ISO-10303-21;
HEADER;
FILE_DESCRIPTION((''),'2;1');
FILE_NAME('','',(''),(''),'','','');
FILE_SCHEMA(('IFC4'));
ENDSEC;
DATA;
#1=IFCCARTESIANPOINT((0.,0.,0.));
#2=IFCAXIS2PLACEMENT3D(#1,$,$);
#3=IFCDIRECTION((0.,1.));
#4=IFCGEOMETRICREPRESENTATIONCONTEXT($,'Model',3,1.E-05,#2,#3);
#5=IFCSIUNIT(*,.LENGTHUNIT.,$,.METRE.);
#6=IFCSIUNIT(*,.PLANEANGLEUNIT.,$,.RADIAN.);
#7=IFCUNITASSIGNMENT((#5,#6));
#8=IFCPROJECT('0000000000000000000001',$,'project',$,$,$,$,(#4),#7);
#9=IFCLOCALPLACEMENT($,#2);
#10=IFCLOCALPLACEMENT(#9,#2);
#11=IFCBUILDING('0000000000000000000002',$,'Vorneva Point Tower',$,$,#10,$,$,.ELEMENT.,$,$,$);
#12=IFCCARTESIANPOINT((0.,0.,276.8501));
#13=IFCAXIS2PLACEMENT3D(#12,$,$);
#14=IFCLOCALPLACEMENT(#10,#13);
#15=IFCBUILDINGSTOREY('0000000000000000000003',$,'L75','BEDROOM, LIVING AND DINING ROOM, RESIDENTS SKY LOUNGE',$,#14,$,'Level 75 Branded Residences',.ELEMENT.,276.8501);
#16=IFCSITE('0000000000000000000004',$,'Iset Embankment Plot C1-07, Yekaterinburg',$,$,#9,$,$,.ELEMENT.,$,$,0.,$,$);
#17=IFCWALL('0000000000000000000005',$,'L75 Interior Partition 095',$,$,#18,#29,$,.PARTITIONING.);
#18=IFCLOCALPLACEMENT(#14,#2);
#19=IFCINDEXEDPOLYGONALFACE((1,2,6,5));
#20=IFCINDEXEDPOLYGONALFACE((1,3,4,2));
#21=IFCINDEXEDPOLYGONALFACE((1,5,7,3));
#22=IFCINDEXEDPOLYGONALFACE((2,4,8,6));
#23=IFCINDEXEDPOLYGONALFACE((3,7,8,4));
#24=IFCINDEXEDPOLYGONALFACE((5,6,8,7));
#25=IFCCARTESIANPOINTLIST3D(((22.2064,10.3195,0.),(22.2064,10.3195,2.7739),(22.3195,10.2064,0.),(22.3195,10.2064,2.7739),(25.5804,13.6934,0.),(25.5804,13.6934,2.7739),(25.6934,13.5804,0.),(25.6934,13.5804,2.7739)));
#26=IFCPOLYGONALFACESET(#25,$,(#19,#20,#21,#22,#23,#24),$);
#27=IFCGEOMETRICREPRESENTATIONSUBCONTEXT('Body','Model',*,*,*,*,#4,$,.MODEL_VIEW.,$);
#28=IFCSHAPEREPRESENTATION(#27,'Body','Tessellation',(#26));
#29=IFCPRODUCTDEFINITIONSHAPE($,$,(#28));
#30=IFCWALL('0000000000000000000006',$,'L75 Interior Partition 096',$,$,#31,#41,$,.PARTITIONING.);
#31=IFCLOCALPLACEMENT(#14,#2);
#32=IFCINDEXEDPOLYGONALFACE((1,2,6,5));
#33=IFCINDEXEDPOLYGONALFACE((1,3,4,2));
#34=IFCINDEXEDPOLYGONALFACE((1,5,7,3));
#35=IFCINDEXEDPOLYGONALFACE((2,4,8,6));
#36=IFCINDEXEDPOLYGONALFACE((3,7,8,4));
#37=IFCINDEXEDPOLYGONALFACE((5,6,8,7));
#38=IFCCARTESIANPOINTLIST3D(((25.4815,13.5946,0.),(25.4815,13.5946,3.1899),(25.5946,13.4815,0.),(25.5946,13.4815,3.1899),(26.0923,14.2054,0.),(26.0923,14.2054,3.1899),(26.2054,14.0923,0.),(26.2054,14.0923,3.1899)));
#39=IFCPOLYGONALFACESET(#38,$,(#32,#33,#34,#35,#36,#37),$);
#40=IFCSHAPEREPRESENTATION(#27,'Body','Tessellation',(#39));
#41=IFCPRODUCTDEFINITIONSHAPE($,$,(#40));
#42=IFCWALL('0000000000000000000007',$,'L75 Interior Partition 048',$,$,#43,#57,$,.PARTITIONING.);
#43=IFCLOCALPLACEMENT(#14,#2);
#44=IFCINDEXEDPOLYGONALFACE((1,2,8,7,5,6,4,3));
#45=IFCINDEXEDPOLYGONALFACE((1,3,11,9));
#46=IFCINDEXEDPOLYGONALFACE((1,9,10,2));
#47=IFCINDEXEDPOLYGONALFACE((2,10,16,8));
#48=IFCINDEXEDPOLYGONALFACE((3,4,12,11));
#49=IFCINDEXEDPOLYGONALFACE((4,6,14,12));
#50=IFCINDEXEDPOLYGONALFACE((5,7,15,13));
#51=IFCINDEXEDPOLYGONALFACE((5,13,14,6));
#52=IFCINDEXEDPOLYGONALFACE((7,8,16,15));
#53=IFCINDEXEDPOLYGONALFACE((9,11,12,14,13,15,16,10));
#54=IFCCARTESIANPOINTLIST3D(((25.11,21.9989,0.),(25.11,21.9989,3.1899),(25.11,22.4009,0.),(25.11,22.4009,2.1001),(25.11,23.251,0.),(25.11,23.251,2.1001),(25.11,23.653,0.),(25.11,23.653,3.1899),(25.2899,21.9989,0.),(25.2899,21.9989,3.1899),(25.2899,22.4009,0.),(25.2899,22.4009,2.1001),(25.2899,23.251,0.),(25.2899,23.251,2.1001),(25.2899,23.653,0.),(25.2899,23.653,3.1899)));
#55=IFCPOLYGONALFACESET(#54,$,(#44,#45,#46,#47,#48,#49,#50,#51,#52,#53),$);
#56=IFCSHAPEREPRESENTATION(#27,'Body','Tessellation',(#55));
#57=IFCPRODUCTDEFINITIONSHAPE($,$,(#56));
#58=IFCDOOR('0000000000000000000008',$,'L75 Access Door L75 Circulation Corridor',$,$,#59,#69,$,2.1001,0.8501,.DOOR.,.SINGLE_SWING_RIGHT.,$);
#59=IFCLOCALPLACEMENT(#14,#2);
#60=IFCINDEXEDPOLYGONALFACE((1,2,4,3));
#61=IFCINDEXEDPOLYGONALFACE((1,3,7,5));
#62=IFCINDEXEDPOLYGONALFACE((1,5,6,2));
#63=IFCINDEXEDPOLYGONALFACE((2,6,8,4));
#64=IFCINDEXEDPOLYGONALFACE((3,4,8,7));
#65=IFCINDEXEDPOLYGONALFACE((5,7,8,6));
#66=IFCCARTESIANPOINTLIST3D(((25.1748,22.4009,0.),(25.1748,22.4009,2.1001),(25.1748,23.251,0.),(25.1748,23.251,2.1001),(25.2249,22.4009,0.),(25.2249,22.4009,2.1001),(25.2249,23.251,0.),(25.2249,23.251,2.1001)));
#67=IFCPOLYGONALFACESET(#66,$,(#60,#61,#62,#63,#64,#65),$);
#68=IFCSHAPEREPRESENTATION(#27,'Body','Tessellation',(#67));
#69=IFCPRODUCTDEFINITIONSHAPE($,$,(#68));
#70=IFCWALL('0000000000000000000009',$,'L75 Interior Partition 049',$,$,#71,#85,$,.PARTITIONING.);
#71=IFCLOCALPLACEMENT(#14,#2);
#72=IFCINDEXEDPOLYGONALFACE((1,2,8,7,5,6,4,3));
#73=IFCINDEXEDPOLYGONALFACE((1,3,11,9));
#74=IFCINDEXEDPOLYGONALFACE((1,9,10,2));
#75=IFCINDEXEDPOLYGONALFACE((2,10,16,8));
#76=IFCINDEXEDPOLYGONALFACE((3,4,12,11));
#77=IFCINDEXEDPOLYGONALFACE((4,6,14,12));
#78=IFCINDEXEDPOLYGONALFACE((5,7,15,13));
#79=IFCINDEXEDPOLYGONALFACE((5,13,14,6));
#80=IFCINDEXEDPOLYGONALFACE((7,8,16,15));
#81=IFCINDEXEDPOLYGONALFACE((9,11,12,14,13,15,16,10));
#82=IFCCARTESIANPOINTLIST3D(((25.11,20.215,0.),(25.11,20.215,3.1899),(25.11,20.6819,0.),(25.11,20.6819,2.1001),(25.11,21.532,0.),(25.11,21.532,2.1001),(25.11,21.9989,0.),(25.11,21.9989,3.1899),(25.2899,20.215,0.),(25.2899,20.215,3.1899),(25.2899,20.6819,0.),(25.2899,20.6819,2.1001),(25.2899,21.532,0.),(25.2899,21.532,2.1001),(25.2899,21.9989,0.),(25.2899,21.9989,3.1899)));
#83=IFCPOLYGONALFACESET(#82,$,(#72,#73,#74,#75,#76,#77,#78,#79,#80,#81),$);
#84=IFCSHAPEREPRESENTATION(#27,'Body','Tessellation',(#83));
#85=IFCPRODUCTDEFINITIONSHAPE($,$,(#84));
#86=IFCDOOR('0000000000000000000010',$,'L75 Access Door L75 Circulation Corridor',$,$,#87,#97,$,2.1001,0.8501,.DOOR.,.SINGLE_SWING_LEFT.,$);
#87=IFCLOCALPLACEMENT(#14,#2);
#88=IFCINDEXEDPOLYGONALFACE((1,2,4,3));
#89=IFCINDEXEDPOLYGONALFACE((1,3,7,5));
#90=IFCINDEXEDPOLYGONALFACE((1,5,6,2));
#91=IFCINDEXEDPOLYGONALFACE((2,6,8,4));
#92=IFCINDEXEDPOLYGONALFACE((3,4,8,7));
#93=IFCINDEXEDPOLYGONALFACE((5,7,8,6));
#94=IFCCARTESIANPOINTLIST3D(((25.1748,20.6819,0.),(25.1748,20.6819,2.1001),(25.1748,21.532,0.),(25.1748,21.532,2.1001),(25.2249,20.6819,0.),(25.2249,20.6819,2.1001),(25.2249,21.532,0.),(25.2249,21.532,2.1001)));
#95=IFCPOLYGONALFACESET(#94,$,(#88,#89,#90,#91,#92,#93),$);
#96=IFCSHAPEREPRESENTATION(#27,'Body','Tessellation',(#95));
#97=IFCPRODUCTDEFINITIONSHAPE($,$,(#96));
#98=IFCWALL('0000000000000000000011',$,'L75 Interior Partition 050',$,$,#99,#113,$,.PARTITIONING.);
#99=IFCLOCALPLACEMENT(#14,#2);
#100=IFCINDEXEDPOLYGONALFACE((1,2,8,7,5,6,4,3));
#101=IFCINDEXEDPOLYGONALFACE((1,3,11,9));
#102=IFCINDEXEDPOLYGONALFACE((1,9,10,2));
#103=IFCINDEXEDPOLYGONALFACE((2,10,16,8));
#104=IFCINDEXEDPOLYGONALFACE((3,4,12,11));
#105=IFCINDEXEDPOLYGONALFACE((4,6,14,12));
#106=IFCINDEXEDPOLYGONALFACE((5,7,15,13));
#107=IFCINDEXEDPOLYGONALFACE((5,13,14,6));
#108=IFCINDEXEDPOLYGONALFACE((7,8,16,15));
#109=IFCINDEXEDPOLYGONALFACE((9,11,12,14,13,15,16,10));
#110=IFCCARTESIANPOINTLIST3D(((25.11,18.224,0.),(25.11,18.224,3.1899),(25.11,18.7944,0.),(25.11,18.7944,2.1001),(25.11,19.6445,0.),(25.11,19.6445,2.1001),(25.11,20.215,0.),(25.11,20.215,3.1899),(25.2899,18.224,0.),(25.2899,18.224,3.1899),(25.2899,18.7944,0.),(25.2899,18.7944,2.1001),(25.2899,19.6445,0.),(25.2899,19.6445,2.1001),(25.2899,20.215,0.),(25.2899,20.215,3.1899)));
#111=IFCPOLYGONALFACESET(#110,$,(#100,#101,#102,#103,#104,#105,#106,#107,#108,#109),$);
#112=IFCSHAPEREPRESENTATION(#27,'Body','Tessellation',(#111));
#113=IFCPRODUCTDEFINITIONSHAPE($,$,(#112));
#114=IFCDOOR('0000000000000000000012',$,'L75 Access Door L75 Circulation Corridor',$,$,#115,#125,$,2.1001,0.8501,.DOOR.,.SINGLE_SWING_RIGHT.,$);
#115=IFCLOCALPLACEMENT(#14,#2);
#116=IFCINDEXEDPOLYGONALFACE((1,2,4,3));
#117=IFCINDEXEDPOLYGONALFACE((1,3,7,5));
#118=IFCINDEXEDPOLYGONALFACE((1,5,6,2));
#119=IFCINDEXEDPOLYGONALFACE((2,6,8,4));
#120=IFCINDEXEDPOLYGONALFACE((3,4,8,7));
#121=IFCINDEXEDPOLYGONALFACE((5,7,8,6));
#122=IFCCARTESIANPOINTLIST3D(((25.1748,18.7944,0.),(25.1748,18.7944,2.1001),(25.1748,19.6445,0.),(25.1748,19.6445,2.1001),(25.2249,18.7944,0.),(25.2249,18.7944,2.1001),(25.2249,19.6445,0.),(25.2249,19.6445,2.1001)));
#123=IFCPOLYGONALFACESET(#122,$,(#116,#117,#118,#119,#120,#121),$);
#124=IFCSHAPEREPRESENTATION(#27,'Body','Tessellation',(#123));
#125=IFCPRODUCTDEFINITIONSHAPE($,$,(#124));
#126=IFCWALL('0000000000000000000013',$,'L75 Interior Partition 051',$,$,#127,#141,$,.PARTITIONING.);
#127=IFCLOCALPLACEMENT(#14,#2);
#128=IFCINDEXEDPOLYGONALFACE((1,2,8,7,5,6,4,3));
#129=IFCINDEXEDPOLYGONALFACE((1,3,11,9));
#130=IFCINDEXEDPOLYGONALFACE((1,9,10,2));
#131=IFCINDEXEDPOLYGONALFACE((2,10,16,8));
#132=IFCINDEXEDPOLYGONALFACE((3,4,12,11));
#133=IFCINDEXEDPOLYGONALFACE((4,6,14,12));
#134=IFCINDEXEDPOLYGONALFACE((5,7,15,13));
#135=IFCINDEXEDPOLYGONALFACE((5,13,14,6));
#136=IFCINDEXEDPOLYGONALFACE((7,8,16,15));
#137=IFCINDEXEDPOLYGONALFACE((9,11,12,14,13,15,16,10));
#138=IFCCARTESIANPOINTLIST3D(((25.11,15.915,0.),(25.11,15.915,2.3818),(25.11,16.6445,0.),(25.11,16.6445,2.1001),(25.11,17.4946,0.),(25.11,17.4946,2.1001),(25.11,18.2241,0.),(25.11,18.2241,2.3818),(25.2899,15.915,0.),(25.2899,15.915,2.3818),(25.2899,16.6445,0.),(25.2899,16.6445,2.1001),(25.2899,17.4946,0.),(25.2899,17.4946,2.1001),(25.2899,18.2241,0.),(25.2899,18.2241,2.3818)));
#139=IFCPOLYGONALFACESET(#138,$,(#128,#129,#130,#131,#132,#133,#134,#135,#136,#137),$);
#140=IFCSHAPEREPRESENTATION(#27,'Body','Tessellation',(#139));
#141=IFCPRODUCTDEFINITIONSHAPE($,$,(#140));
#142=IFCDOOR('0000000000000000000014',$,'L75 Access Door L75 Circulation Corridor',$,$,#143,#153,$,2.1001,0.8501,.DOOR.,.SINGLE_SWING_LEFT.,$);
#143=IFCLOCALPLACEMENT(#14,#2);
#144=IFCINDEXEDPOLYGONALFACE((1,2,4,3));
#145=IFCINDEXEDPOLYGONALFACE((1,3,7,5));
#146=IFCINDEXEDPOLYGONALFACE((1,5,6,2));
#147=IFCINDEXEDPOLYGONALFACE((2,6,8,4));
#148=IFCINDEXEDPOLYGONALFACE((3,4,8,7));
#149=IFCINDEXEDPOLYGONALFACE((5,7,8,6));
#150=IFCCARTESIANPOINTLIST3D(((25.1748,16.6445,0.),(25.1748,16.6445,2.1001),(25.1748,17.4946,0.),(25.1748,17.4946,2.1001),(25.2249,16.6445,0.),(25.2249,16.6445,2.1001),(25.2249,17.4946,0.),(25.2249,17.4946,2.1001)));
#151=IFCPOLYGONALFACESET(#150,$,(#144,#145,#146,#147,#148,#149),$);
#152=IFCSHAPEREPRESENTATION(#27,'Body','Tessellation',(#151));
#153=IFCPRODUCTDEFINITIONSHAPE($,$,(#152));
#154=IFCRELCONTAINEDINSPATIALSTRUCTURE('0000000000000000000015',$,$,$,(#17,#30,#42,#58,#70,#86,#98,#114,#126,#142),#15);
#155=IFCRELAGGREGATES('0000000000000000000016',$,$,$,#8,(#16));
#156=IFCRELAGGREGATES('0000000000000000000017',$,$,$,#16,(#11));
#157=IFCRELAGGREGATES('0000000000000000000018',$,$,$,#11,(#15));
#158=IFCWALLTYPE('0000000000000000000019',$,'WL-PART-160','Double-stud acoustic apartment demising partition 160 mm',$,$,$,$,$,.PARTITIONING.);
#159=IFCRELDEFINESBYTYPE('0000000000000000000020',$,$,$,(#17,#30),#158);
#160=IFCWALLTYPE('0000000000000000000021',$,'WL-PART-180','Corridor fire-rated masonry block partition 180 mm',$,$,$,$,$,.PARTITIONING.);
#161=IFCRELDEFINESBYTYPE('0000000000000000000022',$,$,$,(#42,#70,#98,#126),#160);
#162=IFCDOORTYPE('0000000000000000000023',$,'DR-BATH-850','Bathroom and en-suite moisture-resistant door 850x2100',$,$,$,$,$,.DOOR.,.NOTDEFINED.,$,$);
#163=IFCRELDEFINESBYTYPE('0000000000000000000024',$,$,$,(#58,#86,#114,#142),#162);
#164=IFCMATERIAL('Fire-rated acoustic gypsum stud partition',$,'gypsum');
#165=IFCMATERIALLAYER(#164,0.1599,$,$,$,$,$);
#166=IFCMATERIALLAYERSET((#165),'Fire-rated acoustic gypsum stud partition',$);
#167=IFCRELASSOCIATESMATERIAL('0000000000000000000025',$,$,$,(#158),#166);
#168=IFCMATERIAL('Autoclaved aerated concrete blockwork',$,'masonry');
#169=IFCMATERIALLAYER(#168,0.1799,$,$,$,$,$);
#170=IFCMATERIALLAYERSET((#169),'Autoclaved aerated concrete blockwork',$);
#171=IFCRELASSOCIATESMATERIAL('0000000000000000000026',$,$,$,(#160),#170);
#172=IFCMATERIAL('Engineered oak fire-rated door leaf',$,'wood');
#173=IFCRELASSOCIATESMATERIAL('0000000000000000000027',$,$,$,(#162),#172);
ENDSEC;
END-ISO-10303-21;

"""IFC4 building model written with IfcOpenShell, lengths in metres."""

from ifc_helpers import new_model, si_unit, direction, frame, frame_2d, origin, place, context, subcontext, project, spatial, rectangle, extrude, material, layer, layer_set, type_object, element, fill, save


model = new_model("IFC4")

# Units and contexts
model_context = context("Model", 3, precision=1e-05, world=origin(), true_north=direction((0.0, 1.0)))
body_context = subcontext(model_context, "Body", "Model", "MODEL_VIEW")
ifc_project = project(units=[si_unit("LENGTHUNIT", "METRE"), si_unit("PLANEANGLEUNIT", "RADIAN")], contexts=[model_context])

# Site, building, storey
site_placement = place(None, origin())
site = spatial("IfcSite", under=ifc_project, at=site_placement, Name="Iset Embankment Plot C1-07, Yekaterinburg", CompositionType="ELEMENT", RefElevation=0.0)
building_placement = place(site_placement, origin())
building = spatial("IfcBuilding", under=site, at=building_placement, Name="Vorneva Point Tower", CompositionType="ELEMENT")
storey_placement = place(building_placement, frame((0.0, 0.0, 276.8501)))
storey = spatial("IfcBuildingStorey", under=building, at=storey_placement, Name="L75", Description="BEDROOM, LIVING AND DINING ROOM, RESIDENTS SKY LOUNGE", LongName="Level 75 Branded Residences", CompositionType="ELEMENT", Elevation=276.8501)

# Walls
ifc_material_1 = material(Name="Fire-rated acoustic gypsum stud partition", Category="gypsum")
ifc_layer_1 = layer(ifc_material_1, 0.1599)
ifc_layer_set_1 = layer_set([ifc_layer_1], Name="Fire-rated acoustic gypsum stud partition")
wall_type_1 = type_object("IfcWallType", Name="WL-PART-160", Description="Double-stud acoustic apartment demising partition 160 mm", PredefinedType="PARTITIONING", material=ifc_layer_set_1)
wall_1_placement = place(storey_placement, frame((22.2629, 10.2629, 0.0), z_axis=(0.0, 0.0, 1.0), x_axis=(0.707107, 0.707107, 0.0)))
element("IfcWall", 1, at=wall_1_placement, inside=storey, type_object=wall_type_1, Name="L75 Interior Partition 095", PredefinedType="PARTITIONING", context=body_context, shape_type="SweptSolid", body=[
    extrude(rectangle(XDim=4.7715, YDim=0.1599, at=frame_2d((2.3857, 0.0))), origin(), (0.0, 0.0, 1.0), 2.7739),
])
wall_2_placement = place(storey_placement, frame((25.5381, 13.5381, 0.0), z_axis=(0.0, 0.0, 1.0), x_axis=(0.707107, 0.707107, 0.0)))
element("IfcWall", 2, at=wall_2_placement, inside=storey, type_object=wall_type_1, Name="L75 Interior Partition 096", PredefinedType="PARTITIONING", context=body_context, shape_type="SweptSolid", body=[
    extrude(rectangle(XDim=0.8638, YDim=0.1599, at=frame_2d((0.4319, 0.0))), origin(), (0.0, 0.0, 1.0), 3.1899),
])

# Walls, openings, doors
ifc_material_2 = material(Name="Autoclaved aerated concrete blockwork", Category="masonry")
ifc_layer_2 = layer(ifc_material_2, 0.1799)
ifc_layer_set_2 = layer_set([ifc_layer_2], Name="Autoclaved aerated concrete blockwork")
wall_type_2 = type_object("IfcWallType", Name="WL-PART-180", Description="Corridor fire-rated masonry block partition 180 mm", PredefinedType="PARTITIONING", material=ifc_layer_set_2)
wall_3_placement = place(storey_placement, frame((25.2, 23.6531, 0.0), z_axis=(0.0, 0.0, 1.0), x_axis=(0.0, -1.0, 0.0)))
wall_3 = element("IfcWall", 3, at=wall_3_placement, inside=storey, type_object=wall_type_2, Name="L75 Interior Partition 048", PredefinedType="PARTITIONING", context=body_context, shape_type="SweptSolid", body=[
    extrude(rectangle(XDim=1.6541, YDim=0.1799, at=frame_2d((0.8271, 0.0))), origin(), (0.0, 0.0, 1.0), 3.1899),
])
opening_1_placement = place(wall_3_placement, frame((0.4021, 0.0, 0.0)))
opening_1 = element("IfcOpeningElement", 4, at=opening_1_placement, cuts=wall_3, PredefinedType="OPENING", context=body_context, shape_type="SweptSolid", body=[
    extrude(rectangle(XDim=0.8501, YDim=2.1001, at=frame_2d((0.425, 1.05))), frame((0.0, 0.105, 0.0), z_axis=(0.0, -1.0, 0.0), x_axis=(1.0, 0.0, 0.0)), (0.0, 0.0, 1.0), 0.2097),
])
ifc_material_3 = material(Name="Engineered oak fire-rated door leaf", Category="wood")
door_type = type_object("IfcDoorType", Name="DR-BATH-850", Description="Bathroom and en-suite moisture-resistant door 850x2100", OperationType="NOTDEFINED", PredefinedType="DOOR", material=ifc_material_3)
door_1_placement = place(opening_1_placement, origin())
door_1 = element("IfcDoor", 5, at=door_1_placement, inside=storey, type_object=door_type, Name="L75 Access Door L75 Circulation Corridor", OperationType="SINGLE_SWING_RIGHT", OverallHeight=2.1001, OverallWidth=0.8501, PredefinedType="DOOR", context=body_context, shape_type="SweptSolid", body=[
    extrude(rectangle(XDim=0.8501, YDim=2.1001, at=frame_2d((0.425, 1.05))), frame((0.0, 0.0249, 0.0), z_axis=(0.0, -1.0, 0.0), x_axis=(1.0, 0.0, 0.0)), (0.0, 0.0, 1.0), 0.05),
])
fill(opening_1, door_1)
wall_4_placement = place(storey_placement, frame((25.2, 21.999, 0.0), z_axis=(0.0, 0.0, 1.0), x_axis=(0.0, -1.0, 0.0)))
wall_4 = element("IfcWall", 6, at=wall_4_placement, inside=storey, type_object=wall_type_2, Name="L75 Interior Partition 049", PredefinedType="PARTITIONING", context=body_context, shape_type="SweptSolid", body=[
    extrude(rectangle(XDim=1.7839, YDim=0.1799, at=frame_2d((0.8921, 0.0))), origin(), (0.0, 0.0, 1.0), 3.1899),
])
opening_2_placement = place(wall_4_placement, frame((0.467, 0.0, 0.0)))
opening_2 = element("IfcOpeningElement", 7, at=opening_2_placement, cuts=wall_4, PredefinedType="OPENING", context=body_context, shape_type="SweptSolid", body=[
    extrude(rectangle(XDim=0.8501, YDim=2.1001, at=frame_2d((0.425, 1.05))), frame((0.0, 0.105, 0.0), z_axis=(0.0, -1.0, 0.0), x_axis=(1.0, 0.0, 0.0)), (0.0, 0.0, 1.0), 0.2097),
])
door_2_placement = place(opening_2_placement, origin())
door_2 = element("IfcDoor", 8, at=door_2_placement, inside=storey, type_object=door_type, Name="L75 Access Door L75 Circulation Corridor", OperationType="SINGLE_SWING_LEFT", OverallHeight=2.1001, OverallWidth=0.8501, PredefinedType="DOOR", context=body_context, shape_type="SweptSolid", body=[
    extrude(rectangle(XDim=0.8501, YDim=2.1001, at=frame_2d((0.425, 1.05))), frame((0.0, 0.0249, 0.0), z_axis=(0.0, -1.0, 0.0), x_axis=(1.0, 0.0, 0.0)), (0.0, 0.0, 1.0), 0.05),
])
fill(opening_2, door_2)
wall_5_placement = place(storey_placement, frame((25.2, 20.2151, 0.0), z_axis=(0.0, 0.0, 1.0), x_axis=(0.0, -1.0, 0.0)))
wall_5 = element("IfcWall", 9, at=wall_5_placement, inside=storey, type_object=wall_type_2, Name="L75 Interior Partition 050", PredefinedType="PARTITIONING", context=body_context, shape_type="SweptSolid", body=[
    extrude(rectangle(XDim=1.991, YDim=0.1799, at=frame_2d((0.9956, 0.0))), origin(), (0.0, 0.0, 1.0), 3.1899),
])
opening_3_placement = place(wall_5_placement, frame((0.5706, 0.0, 0.0)))
opening_3 = element("IfcOpeningElement", 10, at=opening_3_placement, cuts=wall_5, PredefinedType="OPENING", context=body_context, shape_type="SweptSolid", body=[
    extrude(rectangle(XDim=0.8501, YDim=2.1001, at=frame_2d((0.425, 1.05))), frame((0.0, 0.105, 0.0), z_axis=(0.0, -1.0, 0.0), x_axis=(1.0, 0.0, 0.0)), (0.0, 0.0, 1.0), 0.2097),
])
door_3_placement = place(opening_3_placement, origin())
door_3 = element("IfcDoor", 11, at=door_3_placement, inside=storey, type_object=door_type, Name="L75 Access Door L75 Circulation Corridor", OperationType="SINGLE_SWING_RIGHT", OverallHeight=2.1001, OverallWidth=0.8501, PredefinedType="DOOR", context=body_context, shape_type="SweptSolid", body=[
    extrude(rectangle(XDim=0.8501, YDim=2.1001, at=frame_2d((0.425, 1.05))), frame((0.0, 0.0249, 0.0), z_axis=(0.0, -1.0, 0.0), x_axis=(1.0, 0.0, 0.0)), (0.0, 0.0, 1.0), 0.05),
])
fill(opening_3, door_3)
wall_6_placement = place(storey_placement, frame((25.2, 18.2241, 0.0), z_axis=(0.0, 0.0, 1.0), x_axis=(0.0, -1.0, 0.0)))
wall_6 = element("IfcWall", 12, at=wall_6_placement, inside=storey, type_object=wall_type_2, Name="L75 Interior Partition 051", PredefinedType="PARTITIONING", context=body_context, shape_type="SweptSolid", body=[
    extrude(rectangle(XDim=2.3091, YDim=0.1799, at=frame_2d((1.1545, 0.0))), origin(), (0.0, 0.0, 1.0), 2.3818),
])
opening_4_placement = place(wall_6_placement, frame((0.7295, 0.0, 0.0)))
opening_4 = element("IfcOpeningElement", 13, at=opening_4_placement, cuts=wall_6, PredefinedType="OPENING", context=body_context, shape_type="SweptSolid", body=[
    extrude(rectangle(XDim=0.8501, YDim=2.1001, at=frame_2d((0.425, 1.05))), frame((0.0, 0.105, 0.0), z_axis=(0.0, -1.0, 0.0), x_axis=(1.0, 0.0, 0.0)), (0.0, 0.0, 1.0), 0.2097),
])
door_4_placement = place(opening_4_placement, origin())
door_4 = element("IfcDoor", 14, at=door_4_placement, inside=storey, type_object=door_type, Name="L75 Access Door L75 Circulation Corridor", OperationType="SINGLE_SWING_LEFT", OverallHeight=2.1001, OverallWidth=0.8501, PredefinedType="DOOR", context=body_context, shape_type="SweptSolid", body=[
    extrude(rectangle(XDim=0.8501, YDim=2.1001, at=frame_2d((0.425, 1.05))), frame((0.0, 0.0249, 0.0), z_axis=(0.0, -1.0, 0.0), x_axis=(1.0, 0.0, 0.0)), (0.0, 0.0, 1.0), 0.05),
])
fill(opening_4, door_4)

save(model, "model.ifc")
